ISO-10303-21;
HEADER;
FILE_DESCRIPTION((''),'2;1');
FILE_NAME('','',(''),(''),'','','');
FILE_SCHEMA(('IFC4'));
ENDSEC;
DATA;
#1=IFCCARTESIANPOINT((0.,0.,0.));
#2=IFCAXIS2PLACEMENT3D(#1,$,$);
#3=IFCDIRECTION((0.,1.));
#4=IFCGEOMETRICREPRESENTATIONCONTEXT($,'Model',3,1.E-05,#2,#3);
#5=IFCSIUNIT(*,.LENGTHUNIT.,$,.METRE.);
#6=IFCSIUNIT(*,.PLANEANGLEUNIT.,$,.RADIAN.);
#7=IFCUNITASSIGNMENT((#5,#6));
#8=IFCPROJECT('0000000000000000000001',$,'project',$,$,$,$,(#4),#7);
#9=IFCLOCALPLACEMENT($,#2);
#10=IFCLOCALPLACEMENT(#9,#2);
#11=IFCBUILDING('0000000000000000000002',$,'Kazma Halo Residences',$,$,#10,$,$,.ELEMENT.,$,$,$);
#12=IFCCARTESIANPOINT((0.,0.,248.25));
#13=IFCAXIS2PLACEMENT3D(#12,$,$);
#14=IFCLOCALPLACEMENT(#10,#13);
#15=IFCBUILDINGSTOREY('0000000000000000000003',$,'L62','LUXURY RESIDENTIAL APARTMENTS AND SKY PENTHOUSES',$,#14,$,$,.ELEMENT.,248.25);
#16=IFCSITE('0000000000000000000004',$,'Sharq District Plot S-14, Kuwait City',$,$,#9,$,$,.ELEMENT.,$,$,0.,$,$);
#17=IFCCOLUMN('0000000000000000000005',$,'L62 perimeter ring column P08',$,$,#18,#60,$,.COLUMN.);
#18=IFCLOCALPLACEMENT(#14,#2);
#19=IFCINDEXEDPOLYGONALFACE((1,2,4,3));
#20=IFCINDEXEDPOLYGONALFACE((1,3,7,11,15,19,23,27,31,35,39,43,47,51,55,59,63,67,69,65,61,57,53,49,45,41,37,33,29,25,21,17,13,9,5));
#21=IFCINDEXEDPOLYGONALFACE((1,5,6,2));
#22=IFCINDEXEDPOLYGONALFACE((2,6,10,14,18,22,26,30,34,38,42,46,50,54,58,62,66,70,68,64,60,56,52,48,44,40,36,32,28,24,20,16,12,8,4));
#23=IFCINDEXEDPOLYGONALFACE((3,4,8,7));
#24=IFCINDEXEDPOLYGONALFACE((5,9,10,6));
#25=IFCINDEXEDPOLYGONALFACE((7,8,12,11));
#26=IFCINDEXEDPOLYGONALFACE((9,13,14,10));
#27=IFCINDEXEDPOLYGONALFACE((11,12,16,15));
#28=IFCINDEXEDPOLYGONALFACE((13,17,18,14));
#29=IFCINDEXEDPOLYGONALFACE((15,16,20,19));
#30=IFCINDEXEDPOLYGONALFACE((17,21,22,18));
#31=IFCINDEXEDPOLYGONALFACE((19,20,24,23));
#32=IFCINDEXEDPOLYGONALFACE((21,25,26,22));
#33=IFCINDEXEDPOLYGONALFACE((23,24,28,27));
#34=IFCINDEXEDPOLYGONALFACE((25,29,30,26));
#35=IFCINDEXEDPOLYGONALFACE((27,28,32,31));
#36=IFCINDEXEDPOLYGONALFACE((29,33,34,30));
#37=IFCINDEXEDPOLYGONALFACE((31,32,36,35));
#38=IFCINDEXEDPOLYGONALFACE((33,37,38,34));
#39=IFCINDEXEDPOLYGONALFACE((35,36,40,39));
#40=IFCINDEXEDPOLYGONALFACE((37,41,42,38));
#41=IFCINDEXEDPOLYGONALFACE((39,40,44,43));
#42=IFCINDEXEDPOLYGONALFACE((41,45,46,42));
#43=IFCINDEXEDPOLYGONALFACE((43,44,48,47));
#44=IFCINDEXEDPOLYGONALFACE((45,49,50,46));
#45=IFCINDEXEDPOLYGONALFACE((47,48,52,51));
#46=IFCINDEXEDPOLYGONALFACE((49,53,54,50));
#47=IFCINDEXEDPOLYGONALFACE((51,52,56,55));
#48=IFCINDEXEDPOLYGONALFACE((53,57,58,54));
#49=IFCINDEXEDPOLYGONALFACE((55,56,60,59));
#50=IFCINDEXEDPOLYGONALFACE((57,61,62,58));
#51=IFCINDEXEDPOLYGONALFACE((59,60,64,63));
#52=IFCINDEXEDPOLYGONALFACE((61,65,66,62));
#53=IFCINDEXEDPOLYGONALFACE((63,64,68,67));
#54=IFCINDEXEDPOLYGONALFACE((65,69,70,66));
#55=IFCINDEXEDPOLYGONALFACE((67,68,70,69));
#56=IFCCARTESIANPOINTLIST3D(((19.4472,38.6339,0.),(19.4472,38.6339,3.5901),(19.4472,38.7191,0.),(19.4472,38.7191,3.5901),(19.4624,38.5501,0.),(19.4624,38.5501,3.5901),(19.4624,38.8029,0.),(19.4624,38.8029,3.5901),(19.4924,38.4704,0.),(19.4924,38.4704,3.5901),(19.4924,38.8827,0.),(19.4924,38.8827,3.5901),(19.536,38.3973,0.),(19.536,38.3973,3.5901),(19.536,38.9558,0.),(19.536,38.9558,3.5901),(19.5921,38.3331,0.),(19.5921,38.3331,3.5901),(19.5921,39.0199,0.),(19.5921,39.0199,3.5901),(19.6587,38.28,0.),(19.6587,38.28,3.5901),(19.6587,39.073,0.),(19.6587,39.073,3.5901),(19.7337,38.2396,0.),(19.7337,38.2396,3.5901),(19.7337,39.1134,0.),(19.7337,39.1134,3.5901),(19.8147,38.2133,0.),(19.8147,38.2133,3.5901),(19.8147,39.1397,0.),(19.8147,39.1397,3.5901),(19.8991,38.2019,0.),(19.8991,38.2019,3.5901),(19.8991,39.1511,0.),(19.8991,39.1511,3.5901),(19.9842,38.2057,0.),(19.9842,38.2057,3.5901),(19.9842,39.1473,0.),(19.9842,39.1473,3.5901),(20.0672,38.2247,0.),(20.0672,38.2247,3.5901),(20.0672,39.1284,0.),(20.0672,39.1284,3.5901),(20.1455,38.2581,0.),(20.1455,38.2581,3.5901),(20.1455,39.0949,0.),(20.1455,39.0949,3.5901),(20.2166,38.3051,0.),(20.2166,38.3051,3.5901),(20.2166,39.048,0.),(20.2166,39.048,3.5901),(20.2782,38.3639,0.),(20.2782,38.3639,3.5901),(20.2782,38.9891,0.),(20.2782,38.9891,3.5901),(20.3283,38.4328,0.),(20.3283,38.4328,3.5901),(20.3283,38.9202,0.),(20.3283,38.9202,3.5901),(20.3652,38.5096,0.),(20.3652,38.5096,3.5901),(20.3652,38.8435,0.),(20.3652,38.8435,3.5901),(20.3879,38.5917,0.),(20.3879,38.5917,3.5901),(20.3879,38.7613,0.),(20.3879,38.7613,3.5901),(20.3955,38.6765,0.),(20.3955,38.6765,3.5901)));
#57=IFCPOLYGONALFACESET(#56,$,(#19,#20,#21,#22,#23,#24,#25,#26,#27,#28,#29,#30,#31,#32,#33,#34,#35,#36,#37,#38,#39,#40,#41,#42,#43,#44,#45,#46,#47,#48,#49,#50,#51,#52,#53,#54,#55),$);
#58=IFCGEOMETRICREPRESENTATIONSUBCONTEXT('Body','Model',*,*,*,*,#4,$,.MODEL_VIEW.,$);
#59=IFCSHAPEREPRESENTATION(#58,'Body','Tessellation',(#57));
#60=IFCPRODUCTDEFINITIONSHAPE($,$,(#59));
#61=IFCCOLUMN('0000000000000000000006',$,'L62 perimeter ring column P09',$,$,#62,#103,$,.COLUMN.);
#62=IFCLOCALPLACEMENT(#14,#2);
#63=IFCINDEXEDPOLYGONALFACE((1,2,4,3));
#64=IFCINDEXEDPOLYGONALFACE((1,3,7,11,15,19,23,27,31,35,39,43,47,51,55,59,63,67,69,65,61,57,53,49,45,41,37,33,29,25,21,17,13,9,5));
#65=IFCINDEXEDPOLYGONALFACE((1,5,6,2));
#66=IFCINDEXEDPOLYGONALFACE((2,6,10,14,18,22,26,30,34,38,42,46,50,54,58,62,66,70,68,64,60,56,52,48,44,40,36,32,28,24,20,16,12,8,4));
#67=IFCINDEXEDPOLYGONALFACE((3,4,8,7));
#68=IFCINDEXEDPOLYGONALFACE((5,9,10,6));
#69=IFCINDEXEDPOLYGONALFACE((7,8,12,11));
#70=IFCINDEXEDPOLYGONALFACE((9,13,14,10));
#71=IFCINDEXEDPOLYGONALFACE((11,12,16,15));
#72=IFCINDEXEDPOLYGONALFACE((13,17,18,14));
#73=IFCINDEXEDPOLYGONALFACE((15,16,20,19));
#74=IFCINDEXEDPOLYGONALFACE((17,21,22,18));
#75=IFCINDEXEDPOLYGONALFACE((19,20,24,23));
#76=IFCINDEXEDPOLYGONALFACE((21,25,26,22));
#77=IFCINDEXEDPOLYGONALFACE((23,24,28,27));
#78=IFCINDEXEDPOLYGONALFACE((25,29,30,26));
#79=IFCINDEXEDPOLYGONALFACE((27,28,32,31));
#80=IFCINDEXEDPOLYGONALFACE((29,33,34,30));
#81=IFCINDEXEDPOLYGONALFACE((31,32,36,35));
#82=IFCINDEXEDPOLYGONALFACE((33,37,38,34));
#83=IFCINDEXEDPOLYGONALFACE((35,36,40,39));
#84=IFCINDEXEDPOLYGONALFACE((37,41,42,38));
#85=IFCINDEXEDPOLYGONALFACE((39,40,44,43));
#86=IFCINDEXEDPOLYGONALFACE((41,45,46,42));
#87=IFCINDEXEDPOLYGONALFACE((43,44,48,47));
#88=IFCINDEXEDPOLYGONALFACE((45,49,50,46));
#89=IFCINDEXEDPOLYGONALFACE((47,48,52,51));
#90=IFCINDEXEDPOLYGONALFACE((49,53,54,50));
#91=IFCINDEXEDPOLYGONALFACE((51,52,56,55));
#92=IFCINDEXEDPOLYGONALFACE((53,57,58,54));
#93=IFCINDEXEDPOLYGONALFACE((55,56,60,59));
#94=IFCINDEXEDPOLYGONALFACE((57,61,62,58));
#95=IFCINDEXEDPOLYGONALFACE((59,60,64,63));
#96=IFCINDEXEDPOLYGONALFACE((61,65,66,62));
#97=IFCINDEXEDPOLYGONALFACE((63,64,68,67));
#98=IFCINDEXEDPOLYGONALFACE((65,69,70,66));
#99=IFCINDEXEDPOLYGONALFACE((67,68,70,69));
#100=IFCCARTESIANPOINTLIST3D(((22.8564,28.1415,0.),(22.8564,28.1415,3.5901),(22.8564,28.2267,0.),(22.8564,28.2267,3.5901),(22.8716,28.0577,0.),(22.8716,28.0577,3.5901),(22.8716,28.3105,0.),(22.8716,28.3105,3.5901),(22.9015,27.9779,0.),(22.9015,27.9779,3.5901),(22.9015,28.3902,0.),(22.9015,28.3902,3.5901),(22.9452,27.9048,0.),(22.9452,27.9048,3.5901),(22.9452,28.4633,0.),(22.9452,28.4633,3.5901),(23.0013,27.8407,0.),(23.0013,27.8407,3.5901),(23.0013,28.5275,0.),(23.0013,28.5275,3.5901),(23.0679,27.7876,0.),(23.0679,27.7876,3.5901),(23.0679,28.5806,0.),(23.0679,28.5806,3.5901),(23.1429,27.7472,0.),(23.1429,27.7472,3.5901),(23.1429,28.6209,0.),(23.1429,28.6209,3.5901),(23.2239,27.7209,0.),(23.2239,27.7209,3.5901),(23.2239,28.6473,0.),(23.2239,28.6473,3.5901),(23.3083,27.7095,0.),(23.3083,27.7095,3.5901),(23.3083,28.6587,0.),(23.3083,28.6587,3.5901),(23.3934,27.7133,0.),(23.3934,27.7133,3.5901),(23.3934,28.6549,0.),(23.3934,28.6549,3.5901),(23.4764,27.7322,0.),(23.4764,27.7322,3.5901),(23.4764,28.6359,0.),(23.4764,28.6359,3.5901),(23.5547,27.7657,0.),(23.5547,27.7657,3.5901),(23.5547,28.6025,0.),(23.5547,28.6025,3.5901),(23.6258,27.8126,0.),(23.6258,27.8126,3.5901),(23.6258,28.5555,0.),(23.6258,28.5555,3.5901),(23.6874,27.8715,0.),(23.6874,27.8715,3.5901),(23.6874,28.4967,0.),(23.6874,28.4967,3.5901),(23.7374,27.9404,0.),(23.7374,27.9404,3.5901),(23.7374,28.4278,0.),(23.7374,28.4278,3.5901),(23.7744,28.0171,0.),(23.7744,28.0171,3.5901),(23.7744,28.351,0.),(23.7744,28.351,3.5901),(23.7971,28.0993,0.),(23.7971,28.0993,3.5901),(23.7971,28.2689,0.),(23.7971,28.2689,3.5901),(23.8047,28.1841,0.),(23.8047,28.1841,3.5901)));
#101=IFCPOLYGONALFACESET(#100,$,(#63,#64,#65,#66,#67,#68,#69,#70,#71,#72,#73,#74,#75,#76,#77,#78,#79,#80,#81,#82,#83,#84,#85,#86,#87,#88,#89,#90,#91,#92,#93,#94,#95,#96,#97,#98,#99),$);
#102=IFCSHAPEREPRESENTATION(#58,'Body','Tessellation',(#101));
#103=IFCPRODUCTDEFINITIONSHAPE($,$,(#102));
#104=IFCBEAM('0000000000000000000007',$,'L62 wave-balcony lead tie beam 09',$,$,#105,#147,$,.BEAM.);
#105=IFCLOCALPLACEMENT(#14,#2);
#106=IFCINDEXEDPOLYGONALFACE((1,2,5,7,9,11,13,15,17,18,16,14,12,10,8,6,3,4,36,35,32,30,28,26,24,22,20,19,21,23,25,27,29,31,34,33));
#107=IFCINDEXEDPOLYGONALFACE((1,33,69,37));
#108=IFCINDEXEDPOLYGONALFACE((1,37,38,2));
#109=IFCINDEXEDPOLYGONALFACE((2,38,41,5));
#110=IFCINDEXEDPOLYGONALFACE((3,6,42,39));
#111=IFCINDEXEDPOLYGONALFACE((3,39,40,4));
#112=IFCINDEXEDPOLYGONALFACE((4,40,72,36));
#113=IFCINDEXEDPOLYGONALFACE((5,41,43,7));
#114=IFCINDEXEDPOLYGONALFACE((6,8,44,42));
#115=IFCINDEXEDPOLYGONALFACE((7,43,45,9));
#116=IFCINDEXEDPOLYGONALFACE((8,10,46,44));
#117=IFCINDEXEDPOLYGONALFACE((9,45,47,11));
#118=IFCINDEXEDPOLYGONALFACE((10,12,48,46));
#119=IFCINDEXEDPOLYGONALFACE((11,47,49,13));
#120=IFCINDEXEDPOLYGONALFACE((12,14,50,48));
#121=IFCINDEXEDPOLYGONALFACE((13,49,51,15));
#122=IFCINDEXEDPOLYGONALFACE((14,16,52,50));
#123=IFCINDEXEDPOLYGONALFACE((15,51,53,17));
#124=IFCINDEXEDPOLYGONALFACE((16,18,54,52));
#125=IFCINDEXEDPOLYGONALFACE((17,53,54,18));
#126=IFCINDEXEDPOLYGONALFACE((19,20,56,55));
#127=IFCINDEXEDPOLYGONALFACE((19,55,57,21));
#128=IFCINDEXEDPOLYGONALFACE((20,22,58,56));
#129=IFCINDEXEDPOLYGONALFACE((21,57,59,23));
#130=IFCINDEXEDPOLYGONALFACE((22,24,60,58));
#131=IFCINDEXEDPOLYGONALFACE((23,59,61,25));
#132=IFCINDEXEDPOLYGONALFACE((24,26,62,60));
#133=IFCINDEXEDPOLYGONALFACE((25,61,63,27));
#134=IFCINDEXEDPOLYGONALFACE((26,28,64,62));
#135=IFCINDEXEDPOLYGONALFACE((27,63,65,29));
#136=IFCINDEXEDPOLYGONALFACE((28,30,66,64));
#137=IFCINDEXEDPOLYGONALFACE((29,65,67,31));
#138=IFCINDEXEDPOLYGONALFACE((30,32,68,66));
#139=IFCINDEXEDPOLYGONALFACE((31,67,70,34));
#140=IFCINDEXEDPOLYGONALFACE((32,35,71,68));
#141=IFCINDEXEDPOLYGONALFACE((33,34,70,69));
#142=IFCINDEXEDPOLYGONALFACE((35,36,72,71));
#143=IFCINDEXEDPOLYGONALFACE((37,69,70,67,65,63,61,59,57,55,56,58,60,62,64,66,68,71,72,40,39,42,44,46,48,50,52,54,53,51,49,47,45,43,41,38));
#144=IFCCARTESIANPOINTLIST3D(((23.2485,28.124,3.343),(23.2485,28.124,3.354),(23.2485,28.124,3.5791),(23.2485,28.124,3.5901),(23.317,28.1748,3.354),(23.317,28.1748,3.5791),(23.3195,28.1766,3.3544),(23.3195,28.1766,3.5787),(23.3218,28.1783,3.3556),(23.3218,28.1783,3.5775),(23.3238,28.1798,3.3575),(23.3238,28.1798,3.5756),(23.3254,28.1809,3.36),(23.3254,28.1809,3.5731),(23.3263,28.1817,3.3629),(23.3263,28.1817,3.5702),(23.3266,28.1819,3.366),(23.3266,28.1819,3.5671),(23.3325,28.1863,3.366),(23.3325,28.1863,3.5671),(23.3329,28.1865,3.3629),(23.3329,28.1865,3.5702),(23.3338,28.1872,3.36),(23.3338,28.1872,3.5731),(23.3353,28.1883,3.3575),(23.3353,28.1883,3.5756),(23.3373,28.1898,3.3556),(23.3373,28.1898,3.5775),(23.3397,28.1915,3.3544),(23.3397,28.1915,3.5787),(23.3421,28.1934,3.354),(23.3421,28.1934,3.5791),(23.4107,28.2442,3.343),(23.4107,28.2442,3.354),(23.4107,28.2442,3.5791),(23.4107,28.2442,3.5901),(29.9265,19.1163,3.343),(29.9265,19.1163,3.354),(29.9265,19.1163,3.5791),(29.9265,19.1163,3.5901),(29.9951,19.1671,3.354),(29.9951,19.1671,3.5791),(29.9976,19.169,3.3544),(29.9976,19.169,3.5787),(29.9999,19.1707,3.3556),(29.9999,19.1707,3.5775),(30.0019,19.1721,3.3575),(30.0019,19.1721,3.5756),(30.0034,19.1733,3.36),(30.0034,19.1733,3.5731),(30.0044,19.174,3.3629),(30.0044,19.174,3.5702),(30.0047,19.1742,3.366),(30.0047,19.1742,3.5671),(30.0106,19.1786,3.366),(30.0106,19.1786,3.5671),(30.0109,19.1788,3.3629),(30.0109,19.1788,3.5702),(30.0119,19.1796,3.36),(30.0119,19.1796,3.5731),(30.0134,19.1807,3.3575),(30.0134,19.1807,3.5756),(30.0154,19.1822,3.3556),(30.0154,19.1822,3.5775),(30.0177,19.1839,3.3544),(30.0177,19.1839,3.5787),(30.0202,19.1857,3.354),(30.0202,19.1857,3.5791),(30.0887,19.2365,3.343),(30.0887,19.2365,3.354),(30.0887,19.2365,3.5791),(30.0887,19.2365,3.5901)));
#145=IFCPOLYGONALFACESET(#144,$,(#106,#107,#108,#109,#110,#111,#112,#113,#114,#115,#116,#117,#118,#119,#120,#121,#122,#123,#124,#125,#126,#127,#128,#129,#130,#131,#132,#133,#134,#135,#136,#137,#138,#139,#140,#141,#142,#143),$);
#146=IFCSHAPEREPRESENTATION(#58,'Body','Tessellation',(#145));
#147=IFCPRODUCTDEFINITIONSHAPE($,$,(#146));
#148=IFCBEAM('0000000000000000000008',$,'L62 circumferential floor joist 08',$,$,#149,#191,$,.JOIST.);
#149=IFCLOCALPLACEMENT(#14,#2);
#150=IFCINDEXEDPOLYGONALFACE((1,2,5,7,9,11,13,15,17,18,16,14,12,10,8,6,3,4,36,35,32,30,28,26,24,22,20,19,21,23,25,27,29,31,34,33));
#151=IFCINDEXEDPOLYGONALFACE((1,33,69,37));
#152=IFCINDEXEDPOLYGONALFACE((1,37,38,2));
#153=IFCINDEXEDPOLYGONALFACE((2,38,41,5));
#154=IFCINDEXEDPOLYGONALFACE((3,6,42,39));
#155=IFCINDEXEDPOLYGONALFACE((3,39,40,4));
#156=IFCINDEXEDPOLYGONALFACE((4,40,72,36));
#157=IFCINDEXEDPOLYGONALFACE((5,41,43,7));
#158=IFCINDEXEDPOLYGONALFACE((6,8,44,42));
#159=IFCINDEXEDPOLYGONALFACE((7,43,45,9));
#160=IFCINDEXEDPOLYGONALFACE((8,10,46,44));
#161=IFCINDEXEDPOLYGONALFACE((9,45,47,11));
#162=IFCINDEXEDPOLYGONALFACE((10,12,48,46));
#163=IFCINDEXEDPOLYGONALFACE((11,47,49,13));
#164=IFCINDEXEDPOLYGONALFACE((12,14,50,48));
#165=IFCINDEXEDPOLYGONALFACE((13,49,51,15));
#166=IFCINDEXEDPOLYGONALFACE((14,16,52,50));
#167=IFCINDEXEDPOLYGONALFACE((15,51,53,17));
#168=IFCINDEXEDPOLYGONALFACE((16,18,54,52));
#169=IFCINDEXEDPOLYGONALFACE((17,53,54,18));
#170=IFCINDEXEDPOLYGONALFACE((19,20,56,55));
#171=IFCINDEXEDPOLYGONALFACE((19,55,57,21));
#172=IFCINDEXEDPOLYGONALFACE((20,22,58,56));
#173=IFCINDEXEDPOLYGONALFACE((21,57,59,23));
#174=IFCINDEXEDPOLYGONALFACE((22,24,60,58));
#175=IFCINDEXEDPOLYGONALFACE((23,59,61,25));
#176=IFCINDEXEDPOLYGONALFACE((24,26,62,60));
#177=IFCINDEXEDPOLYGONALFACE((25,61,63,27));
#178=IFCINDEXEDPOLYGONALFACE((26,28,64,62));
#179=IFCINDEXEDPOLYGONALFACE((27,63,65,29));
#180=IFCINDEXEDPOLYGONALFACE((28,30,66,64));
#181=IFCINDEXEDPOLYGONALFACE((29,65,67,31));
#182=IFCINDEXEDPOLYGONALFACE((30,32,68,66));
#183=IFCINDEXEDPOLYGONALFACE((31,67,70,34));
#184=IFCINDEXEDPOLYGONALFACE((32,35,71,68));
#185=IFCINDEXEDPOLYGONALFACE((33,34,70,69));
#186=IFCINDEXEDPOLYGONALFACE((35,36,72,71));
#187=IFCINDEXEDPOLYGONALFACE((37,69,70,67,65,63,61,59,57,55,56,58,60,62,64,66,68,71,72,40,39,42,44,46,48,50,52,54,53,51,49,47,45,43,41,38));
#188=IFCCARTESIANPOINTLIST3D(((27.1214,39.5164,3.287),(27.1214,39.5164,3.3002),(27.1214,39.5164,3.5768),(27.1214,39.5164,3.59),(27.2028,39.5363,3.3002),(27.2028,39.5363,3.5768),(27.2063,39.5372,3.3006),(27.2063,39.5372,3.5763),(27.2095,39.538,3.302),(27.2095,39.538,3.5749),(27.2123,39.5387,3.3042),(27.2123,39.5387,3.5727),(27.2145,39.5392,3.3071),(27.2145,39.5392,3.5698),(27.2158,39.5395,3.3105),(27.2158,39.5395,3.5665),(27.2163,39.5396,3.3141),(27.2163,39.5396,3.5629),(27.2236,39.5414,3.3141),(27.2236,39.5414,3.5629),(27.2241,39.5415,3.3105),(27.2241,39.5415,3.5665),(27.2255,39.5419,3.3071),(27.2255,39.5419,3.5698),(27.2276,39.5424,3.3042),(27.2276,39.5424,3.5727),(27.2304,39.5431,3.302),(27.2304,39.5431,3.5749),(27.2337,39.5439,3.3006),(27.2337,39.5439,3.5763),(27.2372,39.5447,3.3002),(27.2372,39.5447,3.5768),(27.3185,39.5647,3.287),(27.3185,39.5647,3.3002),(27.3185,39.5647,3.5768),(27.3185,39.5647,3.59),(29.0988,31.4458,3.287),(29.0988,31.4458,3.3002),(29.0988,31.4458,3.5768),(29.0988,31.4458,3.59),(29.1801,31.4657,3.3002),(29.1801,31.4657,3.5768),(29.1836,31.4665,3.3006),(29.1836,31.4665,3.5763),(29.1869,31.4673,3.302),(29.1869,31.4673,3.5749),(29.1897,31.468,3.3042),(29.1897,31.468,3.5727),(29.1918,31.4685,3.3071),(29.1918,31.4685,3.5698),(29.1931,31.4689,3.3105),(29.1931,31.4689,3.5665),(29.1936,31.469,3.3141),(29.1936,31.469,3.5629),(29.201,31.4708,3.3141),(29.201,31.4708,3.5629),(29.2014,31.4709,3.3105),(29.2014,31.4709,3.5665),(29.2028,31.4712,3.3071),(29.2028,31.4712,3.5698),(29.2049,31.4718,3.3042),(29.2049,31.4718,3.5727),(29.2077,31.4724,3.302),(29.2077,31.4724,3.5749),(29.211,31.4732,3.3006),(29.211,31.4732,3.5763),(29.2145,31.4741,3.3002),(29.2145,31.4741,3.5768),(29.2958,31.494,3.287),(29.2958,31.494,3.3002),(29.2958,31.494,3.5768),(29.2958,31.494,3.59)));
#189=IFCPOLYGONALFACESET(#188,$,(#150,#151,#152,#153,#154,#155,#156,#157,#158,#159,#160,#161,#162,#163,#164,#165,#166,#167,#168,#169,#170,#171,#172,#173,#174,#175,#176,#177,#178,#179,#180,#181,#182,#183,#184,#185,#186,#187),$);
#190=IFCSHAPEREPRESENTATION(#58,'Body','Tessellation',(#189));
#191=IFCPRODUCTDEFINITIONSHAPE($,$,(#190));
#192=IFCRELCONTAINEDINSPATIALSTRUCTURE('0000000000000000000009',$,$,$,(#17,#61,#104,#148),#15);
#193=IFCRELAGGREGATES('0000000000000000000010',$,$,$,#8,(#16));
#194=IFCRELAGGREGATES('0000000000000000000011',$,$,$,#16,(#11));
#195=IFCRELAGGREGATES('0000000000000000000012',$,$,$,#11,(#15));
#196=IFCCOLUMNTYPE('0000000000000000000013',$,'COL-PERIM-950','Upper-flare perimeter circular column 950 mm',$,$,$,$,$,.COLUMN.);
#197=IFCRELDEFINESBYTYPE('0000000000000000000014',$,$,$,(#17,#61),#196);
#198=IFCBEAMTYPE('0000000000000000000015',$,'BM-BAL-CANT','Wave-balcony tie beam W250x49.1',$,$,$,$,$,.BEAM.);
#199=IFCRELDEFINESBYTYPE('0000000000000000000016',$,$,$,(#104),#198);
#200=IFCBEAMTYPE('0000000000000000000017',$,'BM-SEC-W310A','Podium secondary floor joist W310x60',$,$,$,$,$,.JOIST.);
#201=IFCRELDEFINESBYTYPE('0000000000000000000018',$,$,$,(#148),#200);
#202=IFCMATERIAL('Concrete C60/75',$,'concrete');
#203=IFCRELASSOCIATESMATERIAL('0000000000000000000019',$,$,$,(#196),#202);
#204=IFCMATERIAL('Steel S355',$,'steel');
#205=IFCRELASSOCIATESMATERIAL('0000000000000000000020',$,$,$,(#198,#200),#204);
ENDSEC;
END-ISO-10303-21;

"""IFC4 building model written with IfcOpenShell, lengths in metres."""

from ifc_helpers import new_model, si_unit, direction, frame, origin, origin_2d, place, context, subcontext, project, spatial, circle, i_section, extrude, material, material_profile, profile_set, type_object, element, save


model = new_model("IFC4")

# Units and contexts
model_context = context("Model", 3, precision=1e-05, world=origin(), true_north=direction((0.0, 1.0)))
body_context = subcontext(model_context, "Body", "Model", "MODEL_VIEW")
ifc_project = project(units=[si_unit("LENGTHUNIT", "METRE"), si_unit("PLANEANGLEUNIT", "RADIAN")], contexts=[model_context])

# Site, building, storey
site_placement = place(None, origin())
site = spatial("IfcSite", under=ifc_project, at=site_placement, Name="Sharq District Plot S-14, Kuwait City", CompositionType="ELEMENT", RefElevation=0.0)
building_placement = place(site_placement, origin())
building = spatial("IfcBuilding", under=site, at=building_placement, Name="Kazma Halo Residences", CompositionType="ELEMENT")
storey_placement = place(building_placement, frame((0.0, 0.0, 248.25)))
storey = spatial("IfcBuildingStorey", under=building, at=storey_placement, Name="L62", Description="LUXURY RESIDENTIAL APARTMENTS AND SKY PENTHOUSES", CompositionType="ELEMENT", Elevation=248.25)

# Columns
ifc_material_1 = material(Name="Concrete C60/75", Category="concrete")
ifc_material_profile_1 = material_profile(ifc_material_1, circle(Radius=0.4751, at=origin_2d()), Name="CIRC950")
ifc_profile_set_1 = profile_set([ifc_material_profile_1], Name="Concrete C60/75")
column_type = type_object("IfcColumnType", Name="COL-PERIM-950", Description="Upper-flare perimeter circular column 950 mm", PredefinedType="COLUMN", material=ifc_profile_set_1)
for number, where, z_axis, x_axis, name in (
    (1, (19.9204, 38.6765, 0.0), (0.0, 0.0, 1.0), (1.0, 0.0, 0.0), "L62 perimeter ring column P08"),
    (2, (23.3296, 28.1841, 0.0), (0.0, 0.0, 1.0), (1.0, 0.0, 0.0), "L62 perimeter ring column P09"),
):
    element("IfcColumn", number, at=place(storey_placement, frame(where, z_axis=z_axis, x_axis=x_axis)), inside=storey, type_object=column_type, Name=name, PredefinedType="COLUMN", context=body_context, shape_type="SweptSolid", body=[
        extrude(circle(Radius=0.4751, at=origin_2d()), origin(), (0.0, 0.0, 1.0), 3.5901),
    ])

# Beams
ifc_material_2 = material(Name="Steel S355", Category="steel")
ifc_material_profile_2 = material_profile(ifc_material_2, i_section(OverallWidth=0.2019, OverallDepth=0.2471, WebThickness=0.0073, FlangeThickness=0.011, FilletRadius=0.012, at=origin_2d()), Name="W250x49.1")
ifc_profile_set_2 = profile_set([ifc_material_profile_2], Name="Steel S355")
beam_type_1 = type_object("IfcBeamType", Name="BM-BAL-CANT", Description="Wave-balcony tie beam W250x49.1", PredefinedType="BEAM", material=ifc_profile_set_2)
beam_1_placement = place(storey_placement, frame((23.3296, 28.1841, 3.4666), z_axis=(0.595556, -0.803314, 0.0), x_axis=(0.803314, 0.595556, 0.0)))
element("IfcBeam", 3, at=beam_1_placement, inside=storey, type_object=beam_type_1, Name="L62 wave-balcony lead tie beam 09", PredefinedType="BEAM", context=body_context, shape_type="SweptSolid", body=[
    extrude(i_section(OverallWidth=0.2019, OverallDepth=0.2471, WebThickness=0.0073, FlangeThickness=0.011, FilletRadius=0.012, at=origin_2d()), origin(), (0.0, 0.0, 1.0), 11.2131),
])
ifc_material_profile_3 = material_profile(ifc_material_2, i_section(OverallWidth=0.2029, OverallDepth=0.303, WebThickness=0.0076, FlangeThickness=0.0132, FilletRadius=0.0139, at=origin_2d()), Name="W310x60")
ifc_profile_set_3 = profile_set([ifc_material_profile_3], Name="Steel S355")
beam_type_2 = type_object("IfcBeamType", Name="BM-SEC-W310A", Description="Podium secondary floor joist W310x60", PredefinedType="JOIST", material=ifc_profile_set_3)
beam_2_placement = place(storey_placement, frame((27.22, 39.5405, 3.4385), z_axis=(0.237963, -0.971274, 0.0), x_axis=(0.971274, 0.237963, 0.0)))
element("IfcBeam", 4, at=beam_2_placement, inside=storey, type_object=beam_type_2, Name="L62 circumferential floor joist 08", PredefinedType="JOIST", context=body_context, shape_type="SweptSolid", body=[
    extrude(i_section(OverallWidth=0.2029, OverallDepth=0.303, WebThickness=0.0076, FlangeThickness=0.0132, FilletRadius=0.0139, at=origin_2d()), origin(), (0.0, 0.0, 1.0), 8.3093),
])

save(model, "model.ifc")
